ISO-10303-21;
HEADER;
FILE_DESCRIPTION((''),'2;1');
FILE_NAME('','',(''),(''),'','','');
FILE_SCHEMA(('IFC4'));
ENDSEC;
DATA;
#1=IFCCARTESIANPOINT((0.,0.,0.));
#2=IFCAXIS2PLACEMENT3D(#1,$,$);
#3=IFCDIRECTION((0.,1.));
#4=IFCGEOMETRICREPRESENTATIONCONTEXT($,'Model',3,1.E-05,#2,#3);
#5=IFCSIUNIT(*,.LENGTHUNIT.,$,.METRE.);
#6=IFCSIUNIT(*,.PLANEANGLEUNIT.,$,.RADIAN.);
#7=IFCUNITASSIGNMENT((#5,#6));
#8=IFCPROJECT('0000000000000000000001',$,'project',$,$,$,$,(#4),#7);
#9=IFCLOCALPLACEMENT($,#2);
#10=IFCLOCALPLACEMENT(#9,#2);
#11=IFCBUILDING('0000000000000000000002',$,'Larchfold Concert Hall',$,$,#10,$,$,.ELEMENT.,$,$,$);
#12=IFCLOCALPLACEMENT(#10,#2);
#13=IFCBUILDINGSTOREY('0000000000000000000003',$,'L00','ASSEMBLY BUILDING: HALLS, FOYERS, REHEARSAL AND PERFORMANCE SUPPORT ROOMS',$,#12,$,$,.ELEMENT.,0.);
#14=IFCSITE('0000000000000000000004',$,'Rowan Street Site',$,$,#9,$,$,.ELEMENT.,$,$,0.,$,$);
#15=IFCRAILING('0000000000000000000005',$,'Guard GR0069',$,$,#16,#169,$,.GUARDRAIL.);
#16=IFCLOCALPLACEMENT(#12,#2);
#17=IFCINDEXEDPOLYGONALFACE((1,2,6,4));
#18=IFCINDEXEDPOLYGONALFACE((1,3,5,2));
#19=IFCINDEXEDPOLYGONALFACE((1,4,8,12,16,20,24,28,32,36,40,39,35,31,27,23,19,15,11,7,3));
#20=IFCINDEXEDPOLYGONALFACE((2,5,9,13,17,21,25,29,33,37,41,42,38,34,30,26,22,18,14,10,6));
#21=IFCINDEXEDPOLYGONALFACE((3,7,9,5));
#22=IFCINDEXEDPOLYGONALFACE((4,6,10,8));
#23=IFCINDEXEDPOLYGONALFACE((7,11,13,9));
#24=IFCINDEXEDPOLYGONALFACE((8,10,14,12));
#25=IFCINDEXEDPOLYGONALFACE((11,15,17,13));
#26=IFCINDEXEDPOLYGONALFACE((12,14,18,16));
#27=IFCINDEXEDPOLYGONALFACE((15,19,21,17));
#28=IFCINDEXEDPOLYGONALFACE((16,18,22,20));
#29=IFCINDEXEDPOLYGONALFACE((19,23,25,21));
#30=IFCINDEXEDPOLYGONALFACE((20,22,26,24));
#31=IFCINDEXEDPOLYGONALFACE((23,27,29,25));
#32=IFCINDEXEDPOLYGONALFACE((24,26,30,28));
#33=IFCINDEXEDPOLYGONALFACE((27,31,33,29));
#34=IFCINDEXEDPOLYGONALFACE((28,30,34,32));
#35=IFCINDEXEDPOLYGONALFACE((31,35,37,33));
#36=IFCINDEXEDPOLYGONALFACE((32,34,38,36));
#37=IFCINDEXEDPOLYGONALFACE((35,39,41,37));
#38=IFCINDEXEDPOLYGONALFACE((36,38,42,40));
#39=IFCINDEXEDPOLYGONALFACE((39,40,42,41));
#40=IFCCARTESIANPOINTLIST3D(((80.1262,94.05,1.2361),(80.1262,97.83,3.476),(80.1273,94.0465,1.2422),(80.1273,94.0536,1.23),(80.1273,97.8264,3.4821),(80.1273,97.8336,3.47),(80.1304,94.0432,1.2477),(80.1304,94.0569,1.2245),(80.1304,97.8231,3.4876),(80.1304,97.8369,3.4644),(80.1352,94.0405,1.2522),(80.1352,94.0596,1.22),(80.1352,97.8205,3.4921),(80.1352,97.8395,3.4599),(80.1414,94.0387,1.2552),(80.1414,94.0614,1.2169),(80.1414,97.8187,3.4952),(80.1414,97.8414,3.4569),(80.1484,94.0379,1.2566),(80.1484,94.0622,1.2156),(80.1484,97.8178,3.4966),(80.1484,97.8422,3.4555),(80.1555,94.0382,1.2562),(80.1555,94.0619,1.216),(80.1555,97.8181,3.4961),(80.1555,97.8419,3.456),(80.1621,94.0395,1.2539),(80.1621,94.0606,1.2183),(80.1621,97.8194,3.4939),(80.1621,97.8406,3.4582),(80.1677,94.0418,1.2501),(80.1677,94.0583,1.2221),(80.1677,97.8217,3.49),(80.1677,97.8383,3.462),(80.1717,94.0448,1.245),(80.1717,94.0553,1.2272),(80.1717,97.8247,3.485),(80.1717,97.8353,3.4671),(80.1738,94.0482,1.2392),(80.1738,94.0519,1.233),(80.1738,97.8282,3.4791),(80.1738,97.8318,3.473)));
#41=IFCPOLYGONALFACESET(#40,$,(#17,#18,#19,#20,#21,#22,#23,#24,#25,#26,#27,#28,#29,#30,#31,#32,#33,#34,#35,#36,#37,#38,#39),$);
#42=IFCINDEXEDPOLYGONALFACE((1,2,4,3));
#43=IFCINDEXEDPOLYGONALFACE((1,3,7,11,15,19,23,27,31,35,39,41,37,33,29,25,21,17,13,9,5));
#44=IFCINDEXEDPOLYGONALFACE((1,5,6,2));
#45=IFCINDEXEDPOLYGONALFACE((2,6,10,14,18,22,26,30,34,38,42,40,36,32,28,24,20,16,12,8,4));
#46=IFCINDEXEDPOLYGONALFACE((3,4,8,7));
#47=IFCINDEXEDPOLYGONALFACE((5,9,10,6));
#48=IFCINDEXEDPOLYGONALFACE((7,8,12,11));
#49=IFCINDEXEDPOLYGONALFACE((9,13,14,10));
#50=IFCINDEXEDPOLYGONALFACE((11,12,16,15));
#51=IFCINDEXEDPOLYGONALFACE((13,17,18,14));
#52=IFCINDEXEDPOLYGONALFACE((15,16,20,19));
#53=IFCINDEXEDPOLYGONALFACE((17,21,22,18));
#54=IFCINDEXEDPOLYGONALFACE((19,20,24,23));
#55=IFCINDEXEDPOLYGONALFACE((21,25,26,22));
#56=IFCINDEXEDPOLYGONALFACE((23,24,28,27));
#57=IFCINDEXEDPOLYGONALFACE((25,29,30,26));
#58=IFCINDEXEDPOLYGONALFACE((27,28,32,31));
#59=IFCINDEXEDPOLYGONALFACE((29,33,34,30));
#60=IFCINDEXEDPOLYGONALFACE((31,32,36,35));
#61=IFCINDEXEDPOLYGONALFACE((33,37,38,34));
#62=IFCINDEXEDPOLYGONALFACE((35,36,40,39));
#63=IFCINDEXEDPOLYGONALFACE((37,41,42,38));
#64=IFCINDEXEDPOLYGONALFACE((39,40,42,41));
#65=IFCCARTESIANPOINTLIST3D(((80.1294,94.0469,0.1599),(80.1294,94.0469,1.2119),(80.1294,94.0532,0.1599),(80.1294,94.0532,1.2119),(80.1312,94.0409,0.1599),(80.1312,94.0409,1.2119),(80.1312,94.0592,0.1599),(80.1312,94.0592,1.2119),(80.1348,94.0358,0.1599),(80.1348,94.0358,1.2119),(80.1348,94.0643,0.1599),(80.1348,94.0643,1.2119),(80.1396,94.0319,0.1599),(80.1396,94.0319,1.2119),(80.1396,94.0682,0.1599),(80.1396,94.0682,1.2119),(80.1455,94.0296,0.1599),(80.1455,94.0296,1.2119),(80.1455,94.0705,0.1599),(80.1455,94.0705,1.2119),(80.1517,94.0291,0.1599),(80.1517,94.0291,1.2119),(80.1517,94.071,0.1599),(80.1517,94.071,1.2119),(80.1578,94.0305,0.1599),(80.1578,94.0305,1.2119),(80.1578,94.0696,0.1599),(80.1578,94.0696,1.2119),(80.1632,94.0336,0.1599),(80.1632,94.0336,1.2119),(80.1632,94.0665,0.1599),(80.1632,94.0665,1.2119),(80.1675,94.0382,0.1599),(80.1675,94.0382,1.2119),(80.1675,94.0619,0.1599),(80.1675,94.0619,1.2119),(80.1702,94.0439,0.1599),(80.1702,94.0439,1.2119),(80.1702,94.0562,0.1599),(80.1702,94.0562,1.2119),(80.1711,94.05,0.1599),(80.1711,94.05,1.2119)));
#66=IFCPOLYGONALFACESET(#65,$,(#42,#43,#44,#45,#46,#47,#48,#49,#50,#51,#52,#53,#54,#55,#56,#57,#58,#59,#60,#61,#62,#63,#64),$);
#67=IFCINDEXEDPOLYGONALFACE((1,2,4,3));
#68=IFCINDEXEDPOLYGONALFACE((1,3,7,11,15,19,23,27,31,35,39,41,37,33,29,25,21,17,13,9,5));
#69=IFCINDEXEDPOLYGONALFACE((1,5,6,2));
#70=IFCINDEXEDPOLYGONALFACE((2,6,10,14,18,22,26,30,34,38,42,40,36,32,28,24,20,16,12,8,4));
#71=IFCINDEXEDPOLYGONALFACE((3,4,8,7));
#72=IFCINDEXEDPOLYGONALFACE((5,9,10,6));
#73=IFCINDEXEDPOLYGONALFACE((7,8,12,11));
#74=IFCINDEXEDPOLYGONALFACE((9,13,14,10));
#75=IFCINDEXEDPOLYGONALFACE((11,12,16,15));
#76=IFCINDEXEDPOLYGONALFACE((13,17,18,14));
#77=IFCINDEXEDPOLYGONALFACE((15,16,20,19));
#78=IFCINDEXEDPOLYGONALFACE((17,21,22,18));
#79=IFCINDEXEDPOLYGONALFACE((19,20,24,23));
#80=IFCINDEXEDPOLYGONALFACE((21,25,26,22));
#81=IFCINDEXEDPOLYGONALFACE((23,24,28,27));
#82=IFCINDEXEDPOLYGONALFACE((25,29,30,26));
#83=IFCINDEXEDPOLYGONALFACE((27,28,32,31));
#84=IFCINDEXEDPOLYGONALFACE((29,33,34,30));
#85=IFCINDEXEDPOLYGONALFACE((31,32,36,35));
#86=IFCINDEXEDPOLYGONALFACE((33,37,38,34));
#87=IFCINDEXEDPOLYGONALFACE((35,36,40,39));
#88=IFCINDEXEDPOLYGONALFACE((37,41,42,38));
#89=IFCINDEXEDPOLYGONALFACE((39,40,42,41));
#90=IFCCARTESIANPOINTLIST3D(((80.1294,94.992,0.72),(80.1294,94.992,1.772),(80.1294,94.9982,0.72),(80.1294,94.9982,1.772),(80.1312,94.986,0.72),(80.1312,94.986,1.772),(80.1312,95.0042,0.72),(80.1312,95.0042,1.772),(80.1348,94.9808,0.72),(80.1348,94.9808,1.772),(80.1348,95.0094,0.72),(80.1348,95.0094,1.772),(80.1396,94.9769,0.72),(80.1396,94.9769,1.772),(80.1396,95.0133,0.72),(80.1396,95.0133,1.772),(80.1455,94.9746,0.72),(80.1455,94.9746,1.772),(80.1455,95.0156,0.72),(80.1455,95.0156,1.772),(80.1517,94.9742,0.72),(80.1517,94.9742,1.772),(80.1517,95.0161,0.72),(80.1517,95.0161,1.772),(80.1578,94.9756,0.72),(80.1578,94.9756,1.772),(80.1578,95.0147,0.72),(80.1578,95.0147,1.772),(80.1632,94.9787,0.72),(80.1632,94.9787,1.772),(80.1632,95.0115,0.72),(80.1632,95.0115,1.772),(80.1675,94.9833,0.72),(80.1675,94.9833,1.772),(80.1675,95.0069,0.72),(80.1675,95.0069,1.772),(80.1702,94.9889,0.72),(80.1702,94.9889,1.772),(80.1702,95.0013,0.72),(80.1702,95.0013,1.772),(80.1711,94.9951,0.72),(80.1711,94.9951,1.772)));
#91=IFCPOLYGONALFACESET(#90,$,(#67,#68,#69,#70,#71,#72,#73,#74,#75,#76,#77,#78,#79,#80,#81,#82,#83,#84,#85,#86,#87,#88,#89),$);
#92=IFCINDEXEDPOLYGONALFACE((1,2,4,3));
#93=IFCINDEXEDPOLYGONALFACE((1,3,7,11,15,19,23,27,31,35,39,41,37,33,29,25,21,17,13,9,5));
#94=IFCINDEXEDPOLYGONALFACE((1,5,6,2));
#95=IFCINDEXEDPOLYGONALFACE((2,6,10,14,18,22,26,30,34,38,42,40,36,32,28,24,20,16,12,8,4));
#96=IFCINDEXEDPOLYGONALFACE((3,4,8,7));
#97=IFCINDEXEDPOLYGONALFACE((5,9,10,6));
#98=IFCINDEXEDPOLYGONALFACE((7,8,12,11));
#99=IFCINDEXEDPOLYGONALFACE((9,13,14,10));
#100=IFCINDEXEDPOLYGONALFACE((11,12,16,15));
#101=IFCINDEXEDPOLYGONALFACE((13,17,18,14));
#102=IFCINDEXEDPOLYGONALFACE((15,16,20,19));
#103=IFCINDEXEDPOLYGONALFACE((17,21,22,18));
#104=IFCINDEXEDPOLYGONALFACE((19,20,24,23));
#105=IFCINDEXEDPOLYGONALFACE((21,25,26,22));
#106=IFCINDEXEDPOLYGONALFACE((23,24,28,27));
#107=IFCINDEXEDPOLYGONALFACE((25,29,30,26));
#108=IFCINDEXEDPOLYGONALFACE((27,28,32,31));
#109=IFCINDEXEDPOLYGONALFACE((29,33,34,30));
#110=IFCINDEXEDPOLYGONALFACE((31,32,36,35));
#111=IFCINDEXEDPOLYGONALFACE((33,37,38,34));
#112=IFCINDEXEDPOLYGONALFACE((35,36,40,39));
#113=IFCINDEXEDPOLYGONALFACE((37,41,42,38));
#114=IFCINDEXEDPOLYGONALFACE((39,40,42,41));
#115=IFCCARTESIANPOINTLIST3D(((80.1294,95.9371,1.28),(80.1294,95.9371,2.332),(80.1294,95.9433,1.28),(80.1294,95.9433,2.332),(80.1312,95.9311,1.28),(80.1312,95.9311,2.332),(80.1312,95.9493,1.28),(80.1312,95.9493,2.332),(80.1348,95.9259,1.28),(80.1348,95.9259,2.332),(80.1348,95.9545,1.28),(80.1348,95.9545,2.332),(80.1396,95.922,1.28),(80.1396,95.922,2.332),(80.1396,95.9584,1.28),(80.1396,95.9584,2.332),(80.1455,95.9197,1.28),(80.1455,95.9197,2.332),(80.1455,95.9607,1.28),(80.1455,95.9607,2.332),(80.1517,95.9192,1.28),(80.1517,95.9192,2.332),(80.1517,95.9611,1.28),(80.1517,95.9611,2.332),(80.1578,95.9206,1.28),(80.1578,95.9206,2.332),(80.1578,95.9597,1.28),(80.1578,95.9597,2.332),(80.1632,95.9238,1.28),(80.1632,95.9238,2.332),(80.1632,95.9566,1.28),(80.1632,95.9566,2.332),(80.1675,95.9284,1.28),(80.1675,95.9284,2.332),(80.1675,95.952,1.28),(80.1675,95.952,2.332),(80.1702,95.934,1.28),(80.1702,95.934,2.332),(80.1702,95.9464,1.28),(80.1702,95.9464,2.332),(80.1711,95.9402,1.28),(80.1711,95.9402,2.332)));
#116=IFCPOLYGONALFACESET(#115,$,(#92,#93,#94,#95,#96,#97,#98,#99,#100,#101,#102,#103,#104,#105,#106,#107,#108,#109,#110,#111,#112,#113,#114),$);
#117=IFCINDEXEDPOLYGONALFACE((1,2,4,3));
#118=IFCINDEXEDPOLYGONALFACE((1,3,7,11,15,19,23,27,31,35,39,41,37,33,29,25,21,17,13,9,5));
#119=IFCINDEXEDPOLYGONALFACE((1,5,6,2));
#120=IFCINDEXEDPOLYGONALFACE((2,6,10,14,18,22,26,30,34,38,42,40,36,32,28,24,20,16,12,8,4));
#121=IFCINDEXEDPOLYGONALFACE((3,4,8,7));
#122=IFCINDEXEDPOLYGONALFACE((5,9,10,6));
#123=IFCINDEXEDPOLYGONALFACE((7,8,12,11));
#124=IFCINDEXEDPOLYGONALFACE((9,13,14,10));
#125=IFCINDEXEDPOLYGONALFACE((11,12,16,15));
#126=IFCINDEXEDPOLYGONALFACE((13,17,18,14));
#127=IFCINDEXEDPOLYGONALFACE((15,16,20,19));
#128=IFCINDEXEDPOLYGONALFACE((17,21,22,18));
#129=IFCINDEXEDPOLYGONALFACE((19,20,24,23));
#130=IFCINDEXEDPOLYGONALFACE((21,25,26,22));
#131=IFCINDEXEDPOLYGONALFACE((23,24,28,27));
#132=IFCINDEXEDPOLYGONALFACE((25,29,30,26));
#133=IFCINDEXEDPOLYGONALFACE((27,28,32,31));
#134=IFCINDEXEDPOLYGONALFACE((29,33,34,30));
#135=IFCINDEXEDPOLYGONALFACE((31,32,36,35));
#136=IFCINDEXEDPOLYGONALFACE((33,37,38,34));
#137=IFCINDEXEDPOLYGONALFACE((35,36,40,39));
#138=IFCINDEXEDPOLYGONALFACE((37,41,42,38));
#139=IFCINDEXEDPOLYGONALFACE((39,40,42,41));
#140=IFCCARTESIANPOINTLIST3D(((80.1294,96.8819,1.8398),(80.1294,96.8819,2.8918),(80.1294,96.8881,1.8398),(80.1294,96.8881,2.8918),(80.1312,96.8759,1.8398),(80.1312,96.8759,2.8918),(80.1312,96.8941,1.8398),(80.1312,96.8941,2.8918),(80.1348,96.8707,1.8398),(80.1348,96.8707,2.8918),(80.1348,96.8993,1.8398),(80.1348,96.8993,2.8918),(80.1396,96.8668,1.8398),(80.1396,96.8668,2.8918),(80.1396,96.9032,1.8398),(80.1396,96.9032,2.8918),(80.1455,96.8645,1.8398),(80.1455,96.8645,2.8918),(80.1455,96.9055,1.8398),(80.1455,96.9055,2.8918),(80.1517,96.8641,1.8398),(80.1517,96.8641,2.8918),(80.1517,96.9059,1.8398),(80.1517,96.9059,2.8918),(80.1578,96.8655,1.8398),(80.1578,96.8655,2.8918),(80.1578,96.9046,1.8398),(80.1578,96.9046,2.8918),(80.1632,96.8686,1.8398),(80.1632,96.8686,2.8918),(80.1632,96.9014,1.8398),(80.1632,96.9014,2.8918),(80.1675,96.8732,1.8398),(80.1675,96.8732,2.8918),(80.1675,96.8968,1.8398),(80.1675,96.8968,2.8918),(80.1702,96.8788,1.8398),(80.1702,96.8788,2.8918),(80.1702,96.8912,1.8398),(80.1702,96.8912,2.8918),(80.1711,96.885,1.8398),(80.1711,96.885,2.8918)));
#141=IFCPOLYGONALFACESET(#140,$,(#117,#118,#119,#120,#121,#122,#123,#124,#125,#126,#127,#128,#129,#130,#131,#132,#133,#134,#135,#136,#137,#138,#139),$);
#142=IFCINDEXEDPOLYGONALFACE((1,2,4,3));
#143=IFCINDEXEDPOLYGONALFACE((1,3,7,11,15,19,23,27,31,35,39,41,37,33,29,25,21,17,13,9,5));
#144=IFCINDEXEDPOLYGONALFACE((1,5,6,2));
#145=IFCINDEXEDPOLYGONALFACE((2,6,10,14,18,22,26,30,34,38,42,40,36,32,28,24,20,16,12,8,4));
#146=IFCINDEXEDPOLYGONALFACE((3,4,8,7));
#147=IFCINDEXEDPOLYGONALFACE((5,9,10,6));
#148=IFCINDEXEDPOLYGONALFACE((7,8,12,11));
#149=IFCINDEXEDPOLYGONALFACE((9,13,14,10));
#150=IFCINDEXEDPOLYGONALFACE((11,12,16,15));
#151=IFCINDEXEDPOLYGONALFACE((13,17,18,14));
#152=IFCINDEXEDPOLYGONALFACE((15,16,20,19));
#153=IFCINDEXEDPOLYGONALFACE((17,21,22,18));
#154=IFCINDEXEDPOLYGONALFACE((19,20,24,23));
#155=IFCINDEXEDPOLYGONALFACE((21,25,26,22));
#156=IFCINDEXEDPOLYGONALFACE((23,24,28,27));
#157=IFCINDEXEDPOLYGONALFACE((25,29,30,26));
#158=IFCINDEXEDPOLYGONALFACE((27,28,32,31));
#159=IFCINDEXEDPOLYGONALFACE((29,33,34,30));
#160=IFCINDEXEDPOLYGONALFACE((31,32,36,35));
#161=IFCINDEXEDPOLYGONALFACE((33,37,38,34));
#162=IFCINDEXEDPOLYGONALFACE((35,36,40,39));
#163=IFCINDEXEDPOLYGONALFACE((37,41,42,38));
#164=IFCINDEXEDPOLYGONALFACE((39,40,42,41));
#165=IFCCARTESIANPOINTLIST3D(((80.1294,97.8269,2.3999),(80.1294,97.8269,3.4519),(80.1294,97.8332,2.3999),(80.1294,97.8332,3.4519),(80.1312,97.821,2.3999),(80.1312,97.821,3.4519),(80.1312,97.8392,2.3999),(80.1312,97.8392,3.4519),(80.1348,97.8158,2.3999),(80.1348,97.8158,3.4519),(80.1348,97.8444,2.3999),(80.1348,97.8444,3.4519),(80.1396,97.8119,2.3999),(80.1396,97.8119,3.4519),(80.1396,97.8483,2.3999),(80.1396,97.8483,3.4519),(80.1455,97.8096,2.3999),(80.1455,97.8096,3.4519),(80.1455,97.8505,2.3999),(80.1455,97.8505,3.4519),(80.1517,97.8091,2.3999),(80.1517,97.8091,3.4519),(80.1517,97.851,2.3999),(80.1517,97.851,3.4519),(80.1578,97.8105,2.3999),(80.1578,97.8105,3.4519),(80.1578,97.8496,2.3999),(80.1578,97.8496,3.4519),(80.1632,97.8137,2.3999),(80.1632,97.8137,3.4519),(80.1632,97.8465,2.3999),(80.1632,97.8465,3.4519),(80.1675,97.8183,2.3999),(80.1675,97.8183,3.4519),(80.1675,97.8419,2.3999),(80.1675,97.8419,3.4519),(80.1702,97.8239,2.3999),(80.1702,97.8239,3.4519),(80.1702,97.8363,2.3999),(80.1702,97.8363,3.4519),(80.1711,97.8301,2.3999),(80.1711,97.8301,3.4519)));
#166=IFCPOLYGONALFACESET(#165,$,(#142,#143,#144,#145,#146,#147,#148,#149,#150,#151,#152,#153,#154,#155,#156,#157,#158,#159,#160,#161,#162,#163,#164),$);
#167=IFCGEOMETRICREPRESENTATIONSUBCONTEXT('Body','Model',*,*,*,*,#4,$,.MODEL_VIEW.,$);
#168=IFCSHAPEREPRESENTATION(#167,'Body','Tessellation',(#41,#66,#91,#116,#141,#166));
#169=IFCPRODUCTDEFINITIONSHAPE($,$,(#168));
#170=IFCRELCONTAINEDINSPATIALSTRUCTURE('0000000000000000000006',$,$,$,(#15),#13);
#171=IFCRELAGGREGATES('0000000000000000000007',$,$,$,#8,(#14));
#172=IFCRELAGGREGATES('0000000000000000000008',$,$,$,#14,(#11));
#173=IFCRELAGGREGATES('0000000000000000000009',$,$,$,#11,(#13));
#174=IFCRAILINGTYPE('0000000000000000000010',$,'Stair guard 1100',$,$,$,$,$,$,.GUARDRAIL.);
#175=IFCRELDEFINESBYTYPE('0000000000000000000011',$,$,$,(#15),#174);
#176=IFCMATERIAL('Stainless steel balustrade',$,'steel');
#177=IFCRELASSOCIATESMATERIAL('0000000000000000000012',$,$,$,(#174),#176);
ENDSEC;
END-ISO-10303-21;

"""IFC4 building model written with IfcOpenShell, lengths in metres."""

from ifc_helpers import new_model, si_unit, direction, frame, origin, origin_2d, place, context, subcontext, project, spatial, circle, extrude, material, type_object, element, save


model = new_model("IFC4")

# Units and contexts
model_context = context("Model", 3, precision=1e-05, world=origin(), true_north=direction((0.0, 1.0)))
body_context = subcontext(model_context, "Body", "Model", "MODEL_VIEW")
ifc_project = project(units=[si_unit("LENGTHUNIT", "METRE"), si_unit("PLANEANGLEUNIT", "RADIAN")], contexts=[model_context])

# Site, building, storey
site_placement = place(None, origin())
site = spatial("IfcSite", under=ifc_project, at=site_placement, Name="Rowan Street Site", CompositionType="ELEMENT", RefElevation=0.0)
building_placement = place(site_placement, origin())
building = spatial("IfcBuilding", under=site, at=building_placement, Name="Larchfold Concert Hall", CompositionType="ELEMENT")
storey_placement = place(building_placement, origin())
storey = spatial("IfcBuildingStorey", under=building, at=storey_placement, Name="L00", Description="ASSEMBLY BUILDING: HALLS, FOYERS, REHEARSAL AND PERFORMANCE SUPPORT ROOMS", CompositionType="ELEMENT", Elevation=0.0)

# Railing
ifc_material_1 = material(Name="Stainless steel balustrade", Category="steel")
railing_type_1 = type_object("IfcRailingType", Name="Stair guard 1100", PredefinedType="GUARDRAIL", material=ifc_material_1)
railing_1_placement = place(storey_placement, frame((80.1501, 94.05, 0.1599)))
element("IfcRailing", 1, at=railing_1_placement, inside=storey, type_object=railing_type_1, Name="Guard GR0069", PredefinedType="GUARDRAIL", context=body_context, shape_type="SweptSolid", body=[
    extrude(circle(Radius=0.0239, at=origin_2d()), frame((0.0, 0.0, 1.0762), z_axis=(0.0, 0.860294, 0.509798), x_axis=(-1.0, 0.0, 0.0)), (0.0, 0.0, 1.0), 4.3938),
    extrude(circle(Radius=0.021, at=origin_2d()), origin(), (0.0, 0.0, 1.0), 1.052),
    extrude(circle(Radius=0.021, at=origin_2d()), frame((0.0, 0.9451, 0.5601)), (0.0, 0.0, 1.0), 1.052),
    extrude(circle(Radius=0.021, at=origin_2d()), frame((0.0, 1.8901, 1.1201)), (0.0, 0.0, 1.0), 1.052),
    extrude(circle(Radius=0.021, at=origin_2d()), frame((0.0, 2.835, 1.6799)), (0.0, 0.0, 1.0), 1.052),
    extrude(circle(Radius=0.021, at=origin_2d()), frame((0.0, 3.78, 2.24)), (0.0, 0.0, 1.0), 1.052),
])

save(model, "model.ifc")
